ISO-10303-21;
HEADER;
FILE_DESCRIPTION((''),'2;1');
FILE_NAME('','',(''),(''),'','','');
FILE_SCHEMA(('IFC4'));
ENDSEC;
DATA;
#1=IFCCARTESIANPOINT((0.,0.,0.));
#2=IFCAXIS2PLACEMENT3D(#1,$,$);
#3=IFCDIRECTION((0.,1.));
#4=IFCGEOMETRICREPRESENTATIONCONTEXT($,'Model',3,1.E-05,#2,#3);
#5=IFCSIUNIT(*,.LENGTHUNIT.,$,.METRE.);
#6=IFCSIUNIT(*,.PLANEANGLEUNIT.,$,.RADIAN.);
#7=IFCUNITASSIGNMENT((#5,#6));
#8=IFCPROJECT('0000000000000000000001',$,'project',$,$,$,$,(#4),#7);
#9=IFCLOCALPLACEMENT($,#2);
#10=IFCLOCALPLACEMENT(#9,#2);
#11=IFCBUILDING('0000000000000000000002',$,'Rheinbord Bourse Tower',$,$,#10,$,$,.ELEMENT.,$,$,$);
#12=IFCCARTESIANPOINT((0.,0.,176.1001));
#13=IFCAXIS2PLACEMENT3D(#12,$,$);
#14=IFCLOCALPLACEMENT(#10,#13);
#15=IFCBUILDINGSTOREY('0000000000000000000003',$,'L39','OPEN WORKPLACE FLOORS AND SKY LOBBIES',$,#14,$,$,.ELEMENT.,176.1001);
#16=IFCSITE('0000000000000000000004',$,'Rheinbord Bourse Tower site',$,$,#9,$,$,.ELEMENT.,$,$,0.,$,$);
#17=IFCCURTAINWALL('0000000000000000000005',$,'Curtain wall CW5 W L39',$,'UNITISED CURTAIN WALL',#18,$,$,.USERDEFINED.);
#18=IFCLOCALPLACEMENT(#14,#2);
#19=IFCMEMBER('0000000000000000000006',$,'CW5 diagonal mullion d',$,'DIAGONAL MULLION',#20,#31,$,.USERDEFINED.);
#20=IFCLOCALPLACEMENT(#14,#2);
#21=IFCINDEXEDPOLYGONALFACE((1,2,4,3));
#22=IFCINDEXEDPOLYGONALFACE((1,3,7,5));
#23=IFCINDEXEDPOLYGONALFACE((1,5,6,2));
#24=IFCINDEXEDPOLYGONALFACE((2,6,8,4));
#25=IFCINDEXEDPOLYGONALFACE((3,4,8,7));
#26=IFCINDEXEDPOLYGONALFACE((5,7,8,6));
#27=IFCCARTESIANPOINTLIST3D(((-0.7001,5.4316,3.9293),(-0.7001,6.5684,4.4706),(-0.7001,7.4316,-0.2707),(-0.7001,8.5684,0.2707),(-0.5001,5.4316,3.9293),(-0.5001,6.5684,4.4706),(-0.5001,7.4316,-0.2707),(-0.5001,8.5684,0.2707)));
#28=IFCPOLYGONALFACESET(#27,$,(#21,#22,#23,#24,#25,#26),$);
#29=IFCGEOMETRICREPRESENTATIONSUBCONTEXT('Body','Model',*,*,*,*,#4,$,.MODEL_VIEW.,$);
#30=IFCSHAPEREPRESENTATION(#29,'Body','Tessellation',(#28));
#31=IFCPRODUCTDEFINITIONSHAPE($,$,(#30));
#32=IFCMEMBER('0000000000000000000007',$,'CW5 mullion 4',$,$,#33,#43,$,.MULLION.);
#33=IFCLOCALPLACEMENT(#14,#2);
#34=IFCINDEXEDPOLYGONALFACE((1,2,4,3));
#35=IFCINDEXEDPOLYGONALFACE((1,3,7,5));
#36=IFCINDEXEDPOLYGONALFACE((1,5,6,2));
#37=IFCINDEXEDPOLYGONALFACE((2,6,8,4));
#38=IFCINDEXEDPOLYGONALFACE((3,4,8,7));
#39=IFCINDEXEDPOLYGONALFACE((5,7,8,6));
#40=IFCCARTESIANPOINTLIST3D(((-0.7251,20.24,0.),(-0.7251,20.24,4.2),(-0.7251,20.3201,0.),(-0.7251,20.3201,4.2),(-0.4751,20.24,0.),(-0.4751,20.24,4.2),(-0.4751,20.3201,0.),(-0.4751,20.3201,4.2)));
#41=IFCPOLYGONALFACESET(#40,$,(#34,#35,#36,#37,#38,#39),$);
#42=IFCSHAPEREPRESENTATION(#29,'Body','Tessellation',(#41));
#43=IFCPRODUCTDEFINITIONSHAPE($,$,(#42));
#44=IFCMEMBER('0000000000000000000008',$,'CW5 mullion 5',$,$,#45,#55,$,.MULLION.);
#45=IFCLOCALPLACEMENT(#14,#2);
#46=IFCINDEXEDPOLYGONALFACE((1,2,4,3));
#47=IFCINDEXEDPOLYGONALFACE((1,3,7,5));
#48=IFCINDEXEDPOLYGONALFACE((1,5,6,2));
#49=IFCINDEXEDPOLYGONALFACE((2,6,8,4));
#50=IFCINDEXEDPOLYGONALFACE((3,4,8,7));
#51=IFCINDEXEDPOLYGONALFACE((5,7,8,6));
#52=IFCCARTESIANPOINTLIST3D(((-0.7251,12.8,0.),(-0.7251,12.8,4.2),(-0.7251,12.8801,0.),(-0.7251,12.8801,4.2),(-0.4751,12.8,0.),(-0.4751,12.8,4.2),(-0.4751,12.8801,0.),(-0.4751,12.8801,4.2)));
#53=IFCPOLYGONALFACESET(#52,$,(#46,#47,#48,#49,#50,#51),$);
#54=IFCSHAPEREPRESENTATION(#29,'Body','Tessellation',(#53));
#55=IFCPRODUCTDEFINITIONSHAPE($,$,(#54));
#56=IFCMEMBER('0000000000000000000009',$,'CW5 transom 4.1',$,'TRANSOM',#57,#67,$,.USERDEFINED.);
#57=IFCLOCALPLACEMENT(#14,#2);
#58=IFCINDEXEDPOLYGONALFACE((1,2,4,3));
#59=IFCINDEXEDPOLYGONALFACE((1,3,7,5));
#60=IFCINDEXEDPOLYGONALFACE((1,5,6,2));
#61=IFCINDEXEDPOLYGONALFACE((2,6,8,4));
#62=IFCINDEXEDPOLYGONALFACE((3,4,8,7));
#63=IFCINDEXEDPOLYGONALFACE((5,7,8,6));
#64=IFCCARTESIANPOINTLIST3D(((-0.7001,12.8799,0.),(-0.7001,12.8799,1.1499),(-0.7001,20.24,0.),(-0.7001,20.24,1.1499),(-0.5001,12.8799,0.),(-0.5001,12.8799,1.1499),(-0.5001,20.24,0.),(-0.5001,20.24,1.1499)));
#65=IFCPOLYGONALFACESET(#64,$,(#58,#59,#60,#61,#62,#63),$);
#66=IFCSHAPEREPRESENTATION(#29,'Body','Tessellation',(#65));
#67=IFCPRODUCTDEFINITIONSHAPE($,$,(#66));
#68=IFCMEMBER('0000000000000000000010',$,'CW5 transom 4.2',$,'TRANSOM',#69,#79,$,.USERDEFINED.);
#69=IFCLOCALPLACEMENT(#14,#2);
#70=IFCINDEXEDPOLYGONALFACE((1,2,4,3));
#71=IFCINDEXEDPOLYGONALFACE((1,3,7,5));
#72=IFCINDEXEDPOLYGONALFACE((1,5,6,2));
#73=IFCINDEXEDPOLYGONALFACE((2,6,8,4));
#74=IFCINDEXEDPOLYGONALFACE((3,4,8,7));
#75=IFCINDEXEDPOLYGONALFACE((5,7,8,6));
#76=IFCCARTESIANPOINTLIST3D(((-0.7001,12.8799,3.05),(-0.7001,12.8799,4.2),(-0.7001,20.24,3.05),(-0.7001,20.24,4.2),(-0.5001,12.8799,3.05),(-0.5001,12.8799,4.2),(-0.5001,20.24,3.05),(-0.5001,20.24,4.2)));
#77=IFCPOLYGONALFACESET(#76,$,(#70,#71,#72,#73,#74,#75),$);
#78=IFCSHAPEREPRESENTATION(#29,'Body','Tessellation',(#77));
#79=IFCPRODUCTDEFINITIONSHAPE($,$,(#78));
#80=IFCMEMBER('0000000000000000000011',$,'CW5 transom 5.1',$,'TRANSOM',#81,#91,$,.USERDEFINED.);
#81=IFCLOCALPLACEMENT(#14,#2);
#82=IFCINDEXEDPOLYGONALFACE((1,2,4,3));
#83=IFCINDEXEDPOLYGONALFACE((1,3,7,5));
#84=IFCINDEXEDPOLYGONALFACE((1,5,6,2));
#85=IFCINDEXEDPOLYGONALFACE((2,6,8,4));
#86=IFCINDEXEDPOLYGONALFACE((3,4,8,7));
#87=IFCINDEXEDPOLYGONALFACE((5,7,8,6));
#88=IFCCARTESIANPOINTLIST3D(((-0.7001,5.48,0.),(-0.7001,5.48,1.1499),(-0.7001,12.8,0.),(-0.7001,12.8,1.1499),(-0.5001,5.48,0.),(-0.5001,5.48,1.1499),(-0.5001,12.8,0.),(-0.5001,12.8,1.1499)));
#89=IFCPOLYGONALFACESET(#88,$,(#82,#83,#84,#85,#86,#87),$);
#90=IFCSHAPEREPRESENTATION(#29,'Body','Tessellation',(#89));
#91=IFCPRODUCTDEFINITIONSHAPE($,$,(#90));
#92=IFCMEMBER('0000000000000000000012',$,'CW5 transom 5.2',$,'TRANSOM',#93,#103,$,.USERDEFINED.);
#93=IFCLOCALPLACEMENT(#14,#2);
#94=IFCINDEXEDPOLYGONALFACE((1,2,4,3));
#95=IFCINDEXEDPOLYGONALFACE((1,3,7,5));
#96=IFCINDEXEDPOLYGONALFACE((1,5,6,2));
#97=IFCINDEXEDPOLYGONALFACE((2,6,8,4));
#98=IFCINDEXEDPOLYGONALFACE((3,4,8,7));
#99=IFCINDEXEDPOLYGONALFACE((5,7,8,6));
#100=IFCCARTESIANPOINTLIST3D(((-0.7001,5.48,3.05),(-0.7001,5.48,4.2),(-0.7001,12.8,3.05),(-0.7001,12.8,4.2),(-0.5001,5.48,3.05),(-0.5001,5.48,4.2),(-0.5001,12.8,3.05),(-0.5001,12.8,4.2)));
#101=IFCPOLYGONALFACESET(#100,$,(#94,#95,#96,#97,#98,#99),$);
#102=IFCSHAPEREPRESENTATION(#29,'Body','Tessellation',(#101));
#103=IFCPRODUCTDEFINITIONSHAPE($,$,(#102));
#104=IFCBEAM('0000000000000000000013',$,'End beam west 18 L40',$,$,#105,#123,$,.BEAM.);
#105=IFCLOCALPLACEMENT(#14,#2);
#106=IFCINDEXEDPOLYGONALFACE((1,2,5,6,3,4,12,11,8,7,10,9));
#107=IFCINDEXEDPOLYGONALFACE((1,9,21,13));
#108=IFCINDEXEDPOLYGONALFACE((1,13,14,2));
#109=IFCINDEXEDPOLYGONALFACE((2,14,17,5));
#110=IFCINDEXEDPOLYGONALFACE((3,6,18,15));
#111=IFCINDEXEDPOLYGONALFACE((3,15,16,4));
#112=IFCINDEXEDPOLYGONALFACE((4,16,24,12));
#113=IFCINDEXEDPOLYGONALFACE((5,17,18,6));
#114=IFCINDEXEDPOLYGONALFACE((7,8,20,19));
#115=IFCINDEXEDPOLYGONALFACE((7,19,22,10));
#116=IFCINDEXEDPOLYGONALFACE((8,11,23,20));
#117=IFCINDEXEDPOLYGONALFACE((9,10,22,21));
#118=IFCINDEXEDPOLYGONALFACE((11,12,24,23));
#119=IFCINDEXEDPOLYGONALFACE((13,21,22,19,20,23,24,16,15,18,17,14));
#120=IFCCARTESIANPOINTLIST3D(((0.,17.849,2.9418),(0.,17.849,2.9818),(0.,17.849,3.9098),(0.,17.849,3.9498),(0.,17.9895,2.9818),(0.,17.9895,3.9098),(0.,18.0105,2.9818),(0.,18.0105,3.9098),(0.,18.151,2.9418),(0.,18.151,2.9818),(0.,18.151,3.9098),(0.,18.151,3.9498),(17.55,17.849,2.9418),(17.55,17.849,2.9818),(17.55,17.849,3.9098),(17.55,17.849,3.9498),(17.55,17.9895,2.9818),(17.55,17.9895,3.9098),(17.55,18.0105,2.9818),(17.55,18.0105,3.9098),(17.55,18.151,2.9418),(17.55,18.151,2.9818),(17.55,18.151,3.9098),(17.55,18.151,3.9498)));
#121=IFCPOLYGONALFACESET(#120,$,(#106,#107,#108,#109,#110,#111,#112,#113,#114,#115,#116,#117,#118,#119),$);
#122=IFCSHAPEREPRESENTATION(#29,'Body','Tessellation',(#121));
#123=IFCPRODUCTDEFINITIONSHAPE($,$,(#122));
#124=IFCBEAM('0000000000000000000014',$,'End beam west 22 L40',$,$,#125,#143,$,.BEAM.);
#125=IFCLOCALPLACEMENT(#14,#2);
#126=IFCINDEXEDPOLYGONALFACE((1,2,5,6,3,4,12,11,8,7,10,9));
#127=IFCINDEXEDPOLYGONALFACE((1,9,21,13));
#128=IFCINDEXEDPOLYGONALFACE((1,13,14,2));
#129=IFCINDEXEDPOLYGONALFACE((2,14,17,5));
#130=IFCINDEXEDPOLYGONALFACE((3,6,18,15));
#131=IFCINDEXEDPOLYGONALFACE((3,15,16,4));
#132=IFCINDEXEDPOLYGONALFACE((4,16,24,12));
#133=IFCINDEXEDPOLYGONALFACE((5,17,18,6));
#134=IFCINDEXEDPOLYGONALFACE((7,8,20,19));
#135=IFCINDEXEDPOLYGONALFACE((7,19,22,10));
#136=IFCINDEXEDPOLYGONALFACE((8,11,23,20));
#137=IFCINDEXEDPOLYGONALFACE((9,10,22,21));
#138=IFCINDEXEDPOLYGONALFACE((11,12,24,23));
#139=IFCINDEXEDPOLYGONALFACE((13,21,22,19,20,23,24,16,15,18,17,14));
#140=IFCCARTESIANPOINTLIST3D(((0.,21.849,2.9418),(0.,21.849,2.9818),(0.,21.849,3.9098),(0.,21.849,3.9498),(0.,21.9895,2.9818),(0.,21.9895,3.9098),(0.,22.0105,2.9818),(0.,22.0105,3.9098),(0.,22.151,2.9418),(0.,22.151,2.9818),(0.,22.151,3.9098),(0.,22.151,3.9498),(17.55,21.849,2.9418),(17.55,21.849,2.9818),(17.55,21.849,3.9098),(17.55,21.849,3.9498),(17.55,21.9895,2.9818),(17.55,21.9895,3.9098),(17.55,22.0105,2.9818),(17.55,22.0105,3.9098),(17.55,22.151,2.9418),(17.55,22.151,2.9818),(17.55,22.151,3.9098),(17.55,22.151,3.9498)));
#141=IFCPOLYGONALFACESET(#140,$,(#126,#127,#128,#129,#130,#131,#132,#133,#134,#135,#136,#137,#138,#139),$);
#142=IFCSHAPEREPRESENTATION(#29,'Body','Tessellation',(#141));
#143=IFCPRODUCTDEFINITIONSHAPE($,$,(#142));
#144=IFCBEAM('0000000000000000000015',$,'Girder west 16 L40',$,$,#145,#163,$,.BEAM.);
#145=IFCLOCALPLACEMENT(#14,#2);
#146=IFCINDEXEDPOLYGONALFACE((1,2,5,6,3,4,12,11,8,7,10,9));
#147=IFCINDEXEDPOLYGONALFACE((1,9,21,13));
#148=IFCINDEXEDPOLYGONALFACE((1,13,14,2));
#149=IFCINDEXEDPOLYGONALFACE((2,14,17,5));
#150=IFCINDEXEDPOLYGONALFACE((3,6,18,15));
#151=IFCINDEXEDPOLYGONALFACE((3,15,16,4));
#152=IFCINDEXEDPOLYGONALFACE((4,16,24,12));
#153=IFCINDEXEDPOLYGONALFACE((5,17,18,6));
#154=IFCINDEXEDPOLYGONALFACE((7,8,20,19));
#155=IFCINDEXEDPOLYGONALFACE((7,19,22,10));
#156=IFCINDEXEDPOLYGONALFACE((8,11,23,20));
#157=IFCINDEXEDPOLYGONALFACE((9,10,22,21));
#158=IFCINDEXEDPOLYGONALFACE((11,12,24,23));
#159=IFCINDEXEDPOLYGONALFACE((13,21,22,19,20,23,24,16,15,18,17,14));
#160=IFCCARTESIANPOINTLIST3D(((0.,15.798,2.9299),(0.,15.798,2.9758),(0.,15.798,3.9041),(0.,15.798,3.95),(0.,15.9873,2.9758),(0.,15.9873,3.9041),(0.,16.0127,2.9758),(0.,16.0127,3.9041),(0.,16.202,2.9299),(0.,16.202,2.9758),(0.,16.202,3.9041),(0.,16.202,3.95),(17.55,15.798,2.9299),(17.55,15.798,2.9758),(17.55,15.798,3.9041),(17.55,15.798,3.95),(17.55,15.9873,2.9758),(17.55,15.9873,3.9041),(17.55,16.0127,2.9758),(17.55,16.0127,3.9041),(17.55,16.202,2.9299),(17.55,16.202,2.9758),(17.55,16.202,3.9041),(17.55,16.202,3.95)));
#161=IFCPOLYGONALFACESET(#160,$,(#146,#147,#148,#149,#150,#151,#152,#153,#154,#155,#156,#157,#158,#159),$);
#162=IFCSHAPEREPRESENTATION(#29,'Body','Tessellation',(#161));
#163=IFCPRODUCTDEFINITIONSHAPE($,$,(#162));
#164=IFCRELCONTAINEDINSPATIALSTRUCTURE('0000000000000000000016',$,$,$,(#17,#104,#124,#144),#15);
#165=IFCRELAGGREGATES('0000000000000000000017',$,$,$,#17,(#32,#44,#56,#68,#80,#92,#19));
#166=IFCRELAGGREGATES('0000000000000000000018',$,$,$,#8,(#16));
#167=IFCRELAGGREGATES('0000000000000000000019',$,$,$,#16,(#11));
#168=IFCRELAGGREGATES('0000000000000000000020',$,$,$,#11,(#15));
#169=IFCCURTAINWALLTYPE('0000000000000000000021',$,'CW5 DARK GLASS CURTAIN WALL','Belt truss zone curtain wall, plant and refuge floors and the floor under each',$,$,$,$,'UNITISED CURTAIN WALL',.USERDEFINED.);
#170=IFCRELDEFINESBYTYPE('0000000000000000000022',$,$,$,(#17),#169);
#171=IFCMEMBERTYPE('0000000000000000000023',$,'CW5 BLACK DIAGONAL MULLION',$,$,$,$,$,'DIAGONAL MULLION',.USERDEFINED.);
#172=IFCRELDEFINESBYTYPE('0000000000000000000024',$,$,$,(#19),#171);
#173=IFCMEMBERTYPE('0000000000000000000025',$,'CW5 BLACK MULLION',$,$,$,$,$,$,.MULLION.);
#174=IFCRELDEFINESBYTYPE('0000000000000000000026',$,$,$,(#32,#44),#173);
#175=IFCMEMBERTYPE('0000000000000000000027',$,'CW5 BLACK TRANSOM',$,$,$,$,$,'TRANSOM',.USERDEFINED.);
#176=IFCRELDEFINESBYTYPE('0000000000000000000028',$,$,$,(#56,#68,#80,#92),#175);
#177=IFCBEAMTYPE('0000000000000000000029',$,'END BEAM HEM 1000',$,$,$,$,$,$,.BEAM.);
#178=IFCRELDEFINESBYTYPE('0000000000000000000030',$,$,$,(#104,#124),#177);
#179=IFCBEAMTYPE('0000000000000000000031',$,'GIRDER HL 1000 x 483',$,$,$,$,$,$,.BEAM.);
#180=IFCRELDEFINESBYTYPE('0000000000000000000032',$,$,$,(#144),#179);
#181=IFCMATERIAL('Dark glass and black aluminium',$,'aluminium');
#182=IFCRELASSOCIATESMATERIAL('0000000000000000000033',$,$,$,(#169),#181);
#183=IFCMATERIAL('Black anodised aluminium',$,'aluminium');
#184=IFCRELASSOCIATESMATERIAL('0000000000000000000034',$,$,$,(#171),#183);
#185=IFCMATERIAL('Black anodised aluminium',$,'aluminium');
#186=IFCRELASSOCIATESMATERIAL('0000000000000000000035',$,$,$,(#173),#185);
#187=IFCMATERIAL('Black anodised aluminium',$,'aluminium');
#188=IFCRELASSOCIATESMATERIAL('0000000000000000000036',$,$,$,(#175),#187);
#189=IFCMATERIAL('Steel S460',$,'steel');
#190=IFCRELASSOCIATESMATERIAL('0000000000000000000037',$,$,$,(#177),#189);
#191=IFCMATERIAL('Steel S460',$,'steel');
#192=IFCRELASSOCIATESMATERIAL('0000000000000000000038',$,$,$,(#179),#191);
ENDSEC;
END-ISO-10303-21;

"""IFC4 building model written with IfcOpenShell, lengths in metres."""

from ifc_helpers import new_model, si_unit, direction, frame, origin, origin_2d, place, context, subcontext, project, spatial, rectangle, i_section, extrude, material, material_profile, profile_set, type_object, element, aggregate, save


model = new_model("IFC4")

# Units and contexts
model_context = context("Model", 3, precision=1e-05, world=origin(), true_north=direction((0.0, 1.0)))
body_context = subcontext(model_context, "Body", "Model", "MODEL_VIEW")
ifc_project = project(units=[si_unit("LENGTHUNIT", "METRE"), si_unit("PLANEANGLEUNIT", "RADIAN")], contexts=[model_context])

# Site, building, storey
site_placement = place(None, origin())
site = spatial("IfcSite", under=ifc_project, at=site_placement, Name="Rheinbord Bourse Tower site", CompositionType="ELEMENT", RefElevation=0.0)
building_placement = place(site_placement, origin())
building = spatial("IfcBuilding", under=site, at=building_placement, Name="Rheinbord Bourse Tower", CompositionType="ELEMENT")
storey_placement = place(building_placement, frame((0.0, 0.0, 176.1001)))
storey = spatial("IfcBuildingStorey", under=building, at=storey_placement, Name="L39", Description="OPEN WORKPLACE FLOORS AND SKY LOBBIES", CompositionType="ELEMENT", Elevation=176.1001)

# Curtain wall, members
ifc_material_1 = material(Name="Dark glass and black aluminium", Category="aluminium")
curtain_wall_type = type_object("IfcCurtainWallType", Name="CW5 DARK GLASS CURTAIN WALL", Description="Belt truss zone curtain wall, plant and refuge floors and the floor under each", ElementType="UNITISED CURTAIN WALL", PredefinedType="USERDEFINED", material=ifc_material_1)
curtain_wall_placement = place(storey_placement, origin())
curtain_wall = element("IfcCurtainWall", 1, at=curtain_wall_placement, inside=storey, type_object=curtain_wall_type, Name="Curtain wall CW5 W L39", ObjectType="UNITISED CURTAIN WALL", PredefinedType="USERDEFINED")
ifc_material_2 = material(Name="Black anodised aluminium", Category="aluminium")
ifc_material_profile_1 = material_profile(ifc_material_2, rectangle(XDim=0.2, YDim=1.259, at=origin_2d()), Name="CW5 DIAGONAL MULLION 1259x200")
ifc_profile_set_1 = profile_set([ifc_material_profile_1], Name="Black anodised aluminium")
member_type_1 = type_object("IfcMemberType", Name="CW5 BLACK DIAGONAL MULLION", ElementType="DIAGONAL MULLION", PredefinedType="USERDEFINED", material=ifc_profile_set_1)
member_1_placement = place(storey_placement, frame((-0.6001, 8.0, 0.0), z_axis=(0.0, -0.429938, 0.902859), x_axis=(1.0, 0.0, 0.0)))
member_1 = element("IfcMember", 2, at=member_1_placement, type_object=member_type_1, Name="CW5 diagonal mullion d", ObjectType="DIAGONAL MULLION", PredefinedType="USERDEFINED", context=body_context, shape_type="SweptSolid", body=[
    extrude(rectangle(XDim=0.2, YDim=1.259, at=origin_2d()), origin(), (0.0, 0.0, 1.0), 4.6519),
])
ifc_material_3 = material(Name="Black anodised aluminium", Category="aluminium")
ifc_material_profile_2 = material_profile(ifc_material_3, rectangle(XDim=0.25, YDim=0.0801, at=origin_2d()), Name="CW5 MULLION 80x250")
ifc_profile_set_2 = profile_set([ifc_material_profile_2], Name="Black anodised aluminium")
member_type_2 = type_object("IfcMemberType", Name="CW5 BLACK MULLION", PredefinedType="MULLION", material=ifc_profile_set_2)
member_2_placement = place(storey_placement, frame((-0.6001, 20.28, 0.0), z_axis=(0.0, 0.0, 1.0), x_axis=(1.0, 0.0, 0.0)))
member_2 = element("IfcMember", 3, at=member_2_placement, type_object=member_type_2, Name="CW5 mullion 4", PredefinedType="MULLION", context=body_context, shape_type="SweptSolid", body=[
    extrude(rectangle(XDim=0.25, YDim=0.0801, at=origin_2d()), origin(), (0.0, 0.0, 1.0), 4.2),
])
member_3_placement = place(storey_placement, frame((-0.6001, 12.8401, 0.0), z_axis=(0.0, 0.0, 1.0), x_axis=(1.0, 0.0, 0.0)))
member_3 = element("IfcMember", 4, at=member_3_placement, type_object=member_type_2, Name="CW5 mullion 5", PredefinedType="MULLION", context=body_context, shape_type="SweptSolid", body=[
    extrude(rectangle(XDim=0.25, YDim=0.0801, at=origin_2d()), origin(), (0.0, 0.0, 1.0), 4.2),
])
ifc_material_4 = material(Name="Black anodised aluminium", Category="aluminium")
ifc_material_profile_3 = material_profile(ifc_material_4, rectangle(XDim=0.2, YDim=1.1499, at=origin_2d()), Name="CW5 TRANSOM 1150x200")
ifc_profile_set_3 = profile_set([ifc_material_profile_3], Name="Black anodised aluminium")
member_type_3 = type_object("IfcMemberType", Name="CW5 BLACK TRANSOM", ElementType="TRANSOM", PredefinedType="USERDEFINED", material=ifc_profile_set_3)
member_4_placement = place(storey_placement, frame((-0.6001, 20.24, 0.575), z_axis=(0.0, -1.0, 0.0), x_axis=(1.0, 0.0, 0.0)))
member_4 = element("IfcMember", 5, at=member_4_placement, type_object=member_type_3, Name="CW5 transom 4.1", ObjectType="TRANSOM", PredefinedType="USERDEFINED", context=body_context, shape_type="SweptSolid", body=[
    extrude(rectangle(XDim=0.2, YDim=1.1499, at=origin_2d()), origin(), (0.0, 0.0, 1.0), 7.3601),
])
member_5_placement = place(storey_placement, frame((-0.6001, 20.24, 3.625), z_axis=(0.0, -1.0, 0.0), x_axis=(1.0, 0.0, 0.0)))
member_5 = element("IfcMember", 6, at=member_5_placement, type_object=member_type_3, Name="CW5 transom 4.2", ObjectType="TRANSOM", PredefinedType="USERDEFINED", context=body_context, shape_type="SweptSolid", body=[
    extrude(rectangle(XDim=0.2, YDim=1.1499, at=origin_2d()), origin(), (0.0, 0.0, 1.0), 7.3601),
])
member_6_placement = place(storey_placement, frame((-0.6001, 12.8, 0.575), z_axis=(0.0, -1.0, 0.0), x_axis=(1.0, 0.0, 0.0)))
member_6 = element("IfcMember", 7, at=member_6_placement, type_object=member_type_3, Name="CW5 transom 5.1", ObjectType="TRANSOM", PredefinedType="USERDEFINED", context=body_context, shape_type="SweptSolid", body=[
    extrude(rectangle(XDim=0.2, YDim=1.1499, at=origin_2d()), origin(), (0.0, 0.0, 1.0), 7.3201),
])
member_7_placement = place(storey_placement, frame((-0.6001, 12.8, 3.625), z_axis=(0.0, -1.0, 0.0), x_axis=(1.0, 0.0, 0.0)))
member_7 = element("IfcMember", 8, at=member_7_placement, type_object=member_type_3, Name="CW5 transom 5.2", ObjectType="TRANSOM", PredefinedType="USERDEFINED", context=body_context, shape_type="SweptSolid", body=[
    extrude(rectangle(XDim=0.2, YDim=1.1499, at=origin_2d()), origin(), (0.0, 0.0, 1.0), 7.3201),
])

# Beams
ifc_material_5 = material(Name="Steel S460", Category="steel")
ifc_material_profile_4 = material_profile(ifc_material_5, i_section(OverallWidth=0.302, OverallDepth=1.0081, WebThickness=0.021, FlangeThickness=0.04, at=origin_2d()), Name="HEM 1000")
ifc_profile_set_4 = profile_set([ifc_material_profile_4], Name="Steel S460")
beam_type_1 = type_object("IfcBeamType", Name="END BEAM HEM 1000", PredefinedType="BEAM", material=ifc_profile_set_4)
for number, where, z_axis, x_axis, name in (
    (9, (0.0, 18.0, 3.4458), (1.0, 0.0, 0.0), (0.0, 1.0, 0.0), "End beam west 18 L40"),
    (10, (0.0, 22.0, 3.4458), (1.0, 0.0, 0.0), (0.0, 1.0, 0.0), "End beam west 22 L40"),
):
    element("IfcBeam", number, at=place(storey_placement, frame(where, z_axis=z_axis, x_axis=x_axis)), inside=storey, type_object=beam_type_1, Name=name, PredefinedType="BEAM", context=body_context, shape_type="SweptSolid", body=[
        extrude(i_section(OverallWidth=0.302, OverallDepth=1.0081, WebThickness=0.021, FlangeThickness=0.04, at=origin_2d()), origin(), (0.0, 0.0, 1.0), 17.55),
    ])
ifc_material_6 = material(Name="Steel S460", Category="steel")
ifc_material_profile_5 = material_profile(ifc_material_6, i_section(OverallWidth=0.4041, OverallDepth=1.02, WebThickness=0.0254, FlangeThickness=0.0459, at=origin_2d()), Name="HL 1000 x 483")
ifc_profile_set_5 = profile_set([ifc_material_profile_5], Name="Steel S460")
beam_type_2 = type_object("IfcBeamType", Name="GIRDER HL 1000 x 483", PredefinedType="BEAM", material=ifc_profile_set_5)
beam_1_placement = place(storey_placement, frame((0.0, 16.0, 3.4399), z_axis=(1.0, 0.0, 0.0), x_axis=(0.0, 1.0, 0.0)))
element("IfcBeam", 11, at=beam_1_placement, inside=storey, type_object=beam_type_2, Name="Girder west 16 L40", PredefinedType="BEAM", context=body_context, shape_type="SweptSolid", body=[
    extrude(i_section(OverallWidth=0.4041, OverallDepth=1.02, WebThickness=0.0254, FlangeThickness=0.0459, at=origin_2d()), origin(), (0.0, 0.0, 1.0), 17.55),
])

aggregate(curtain_wall, [member_2, member_3, member_4, member_5, member_6, member_7, member_1])

save(model, "model.ifc")
